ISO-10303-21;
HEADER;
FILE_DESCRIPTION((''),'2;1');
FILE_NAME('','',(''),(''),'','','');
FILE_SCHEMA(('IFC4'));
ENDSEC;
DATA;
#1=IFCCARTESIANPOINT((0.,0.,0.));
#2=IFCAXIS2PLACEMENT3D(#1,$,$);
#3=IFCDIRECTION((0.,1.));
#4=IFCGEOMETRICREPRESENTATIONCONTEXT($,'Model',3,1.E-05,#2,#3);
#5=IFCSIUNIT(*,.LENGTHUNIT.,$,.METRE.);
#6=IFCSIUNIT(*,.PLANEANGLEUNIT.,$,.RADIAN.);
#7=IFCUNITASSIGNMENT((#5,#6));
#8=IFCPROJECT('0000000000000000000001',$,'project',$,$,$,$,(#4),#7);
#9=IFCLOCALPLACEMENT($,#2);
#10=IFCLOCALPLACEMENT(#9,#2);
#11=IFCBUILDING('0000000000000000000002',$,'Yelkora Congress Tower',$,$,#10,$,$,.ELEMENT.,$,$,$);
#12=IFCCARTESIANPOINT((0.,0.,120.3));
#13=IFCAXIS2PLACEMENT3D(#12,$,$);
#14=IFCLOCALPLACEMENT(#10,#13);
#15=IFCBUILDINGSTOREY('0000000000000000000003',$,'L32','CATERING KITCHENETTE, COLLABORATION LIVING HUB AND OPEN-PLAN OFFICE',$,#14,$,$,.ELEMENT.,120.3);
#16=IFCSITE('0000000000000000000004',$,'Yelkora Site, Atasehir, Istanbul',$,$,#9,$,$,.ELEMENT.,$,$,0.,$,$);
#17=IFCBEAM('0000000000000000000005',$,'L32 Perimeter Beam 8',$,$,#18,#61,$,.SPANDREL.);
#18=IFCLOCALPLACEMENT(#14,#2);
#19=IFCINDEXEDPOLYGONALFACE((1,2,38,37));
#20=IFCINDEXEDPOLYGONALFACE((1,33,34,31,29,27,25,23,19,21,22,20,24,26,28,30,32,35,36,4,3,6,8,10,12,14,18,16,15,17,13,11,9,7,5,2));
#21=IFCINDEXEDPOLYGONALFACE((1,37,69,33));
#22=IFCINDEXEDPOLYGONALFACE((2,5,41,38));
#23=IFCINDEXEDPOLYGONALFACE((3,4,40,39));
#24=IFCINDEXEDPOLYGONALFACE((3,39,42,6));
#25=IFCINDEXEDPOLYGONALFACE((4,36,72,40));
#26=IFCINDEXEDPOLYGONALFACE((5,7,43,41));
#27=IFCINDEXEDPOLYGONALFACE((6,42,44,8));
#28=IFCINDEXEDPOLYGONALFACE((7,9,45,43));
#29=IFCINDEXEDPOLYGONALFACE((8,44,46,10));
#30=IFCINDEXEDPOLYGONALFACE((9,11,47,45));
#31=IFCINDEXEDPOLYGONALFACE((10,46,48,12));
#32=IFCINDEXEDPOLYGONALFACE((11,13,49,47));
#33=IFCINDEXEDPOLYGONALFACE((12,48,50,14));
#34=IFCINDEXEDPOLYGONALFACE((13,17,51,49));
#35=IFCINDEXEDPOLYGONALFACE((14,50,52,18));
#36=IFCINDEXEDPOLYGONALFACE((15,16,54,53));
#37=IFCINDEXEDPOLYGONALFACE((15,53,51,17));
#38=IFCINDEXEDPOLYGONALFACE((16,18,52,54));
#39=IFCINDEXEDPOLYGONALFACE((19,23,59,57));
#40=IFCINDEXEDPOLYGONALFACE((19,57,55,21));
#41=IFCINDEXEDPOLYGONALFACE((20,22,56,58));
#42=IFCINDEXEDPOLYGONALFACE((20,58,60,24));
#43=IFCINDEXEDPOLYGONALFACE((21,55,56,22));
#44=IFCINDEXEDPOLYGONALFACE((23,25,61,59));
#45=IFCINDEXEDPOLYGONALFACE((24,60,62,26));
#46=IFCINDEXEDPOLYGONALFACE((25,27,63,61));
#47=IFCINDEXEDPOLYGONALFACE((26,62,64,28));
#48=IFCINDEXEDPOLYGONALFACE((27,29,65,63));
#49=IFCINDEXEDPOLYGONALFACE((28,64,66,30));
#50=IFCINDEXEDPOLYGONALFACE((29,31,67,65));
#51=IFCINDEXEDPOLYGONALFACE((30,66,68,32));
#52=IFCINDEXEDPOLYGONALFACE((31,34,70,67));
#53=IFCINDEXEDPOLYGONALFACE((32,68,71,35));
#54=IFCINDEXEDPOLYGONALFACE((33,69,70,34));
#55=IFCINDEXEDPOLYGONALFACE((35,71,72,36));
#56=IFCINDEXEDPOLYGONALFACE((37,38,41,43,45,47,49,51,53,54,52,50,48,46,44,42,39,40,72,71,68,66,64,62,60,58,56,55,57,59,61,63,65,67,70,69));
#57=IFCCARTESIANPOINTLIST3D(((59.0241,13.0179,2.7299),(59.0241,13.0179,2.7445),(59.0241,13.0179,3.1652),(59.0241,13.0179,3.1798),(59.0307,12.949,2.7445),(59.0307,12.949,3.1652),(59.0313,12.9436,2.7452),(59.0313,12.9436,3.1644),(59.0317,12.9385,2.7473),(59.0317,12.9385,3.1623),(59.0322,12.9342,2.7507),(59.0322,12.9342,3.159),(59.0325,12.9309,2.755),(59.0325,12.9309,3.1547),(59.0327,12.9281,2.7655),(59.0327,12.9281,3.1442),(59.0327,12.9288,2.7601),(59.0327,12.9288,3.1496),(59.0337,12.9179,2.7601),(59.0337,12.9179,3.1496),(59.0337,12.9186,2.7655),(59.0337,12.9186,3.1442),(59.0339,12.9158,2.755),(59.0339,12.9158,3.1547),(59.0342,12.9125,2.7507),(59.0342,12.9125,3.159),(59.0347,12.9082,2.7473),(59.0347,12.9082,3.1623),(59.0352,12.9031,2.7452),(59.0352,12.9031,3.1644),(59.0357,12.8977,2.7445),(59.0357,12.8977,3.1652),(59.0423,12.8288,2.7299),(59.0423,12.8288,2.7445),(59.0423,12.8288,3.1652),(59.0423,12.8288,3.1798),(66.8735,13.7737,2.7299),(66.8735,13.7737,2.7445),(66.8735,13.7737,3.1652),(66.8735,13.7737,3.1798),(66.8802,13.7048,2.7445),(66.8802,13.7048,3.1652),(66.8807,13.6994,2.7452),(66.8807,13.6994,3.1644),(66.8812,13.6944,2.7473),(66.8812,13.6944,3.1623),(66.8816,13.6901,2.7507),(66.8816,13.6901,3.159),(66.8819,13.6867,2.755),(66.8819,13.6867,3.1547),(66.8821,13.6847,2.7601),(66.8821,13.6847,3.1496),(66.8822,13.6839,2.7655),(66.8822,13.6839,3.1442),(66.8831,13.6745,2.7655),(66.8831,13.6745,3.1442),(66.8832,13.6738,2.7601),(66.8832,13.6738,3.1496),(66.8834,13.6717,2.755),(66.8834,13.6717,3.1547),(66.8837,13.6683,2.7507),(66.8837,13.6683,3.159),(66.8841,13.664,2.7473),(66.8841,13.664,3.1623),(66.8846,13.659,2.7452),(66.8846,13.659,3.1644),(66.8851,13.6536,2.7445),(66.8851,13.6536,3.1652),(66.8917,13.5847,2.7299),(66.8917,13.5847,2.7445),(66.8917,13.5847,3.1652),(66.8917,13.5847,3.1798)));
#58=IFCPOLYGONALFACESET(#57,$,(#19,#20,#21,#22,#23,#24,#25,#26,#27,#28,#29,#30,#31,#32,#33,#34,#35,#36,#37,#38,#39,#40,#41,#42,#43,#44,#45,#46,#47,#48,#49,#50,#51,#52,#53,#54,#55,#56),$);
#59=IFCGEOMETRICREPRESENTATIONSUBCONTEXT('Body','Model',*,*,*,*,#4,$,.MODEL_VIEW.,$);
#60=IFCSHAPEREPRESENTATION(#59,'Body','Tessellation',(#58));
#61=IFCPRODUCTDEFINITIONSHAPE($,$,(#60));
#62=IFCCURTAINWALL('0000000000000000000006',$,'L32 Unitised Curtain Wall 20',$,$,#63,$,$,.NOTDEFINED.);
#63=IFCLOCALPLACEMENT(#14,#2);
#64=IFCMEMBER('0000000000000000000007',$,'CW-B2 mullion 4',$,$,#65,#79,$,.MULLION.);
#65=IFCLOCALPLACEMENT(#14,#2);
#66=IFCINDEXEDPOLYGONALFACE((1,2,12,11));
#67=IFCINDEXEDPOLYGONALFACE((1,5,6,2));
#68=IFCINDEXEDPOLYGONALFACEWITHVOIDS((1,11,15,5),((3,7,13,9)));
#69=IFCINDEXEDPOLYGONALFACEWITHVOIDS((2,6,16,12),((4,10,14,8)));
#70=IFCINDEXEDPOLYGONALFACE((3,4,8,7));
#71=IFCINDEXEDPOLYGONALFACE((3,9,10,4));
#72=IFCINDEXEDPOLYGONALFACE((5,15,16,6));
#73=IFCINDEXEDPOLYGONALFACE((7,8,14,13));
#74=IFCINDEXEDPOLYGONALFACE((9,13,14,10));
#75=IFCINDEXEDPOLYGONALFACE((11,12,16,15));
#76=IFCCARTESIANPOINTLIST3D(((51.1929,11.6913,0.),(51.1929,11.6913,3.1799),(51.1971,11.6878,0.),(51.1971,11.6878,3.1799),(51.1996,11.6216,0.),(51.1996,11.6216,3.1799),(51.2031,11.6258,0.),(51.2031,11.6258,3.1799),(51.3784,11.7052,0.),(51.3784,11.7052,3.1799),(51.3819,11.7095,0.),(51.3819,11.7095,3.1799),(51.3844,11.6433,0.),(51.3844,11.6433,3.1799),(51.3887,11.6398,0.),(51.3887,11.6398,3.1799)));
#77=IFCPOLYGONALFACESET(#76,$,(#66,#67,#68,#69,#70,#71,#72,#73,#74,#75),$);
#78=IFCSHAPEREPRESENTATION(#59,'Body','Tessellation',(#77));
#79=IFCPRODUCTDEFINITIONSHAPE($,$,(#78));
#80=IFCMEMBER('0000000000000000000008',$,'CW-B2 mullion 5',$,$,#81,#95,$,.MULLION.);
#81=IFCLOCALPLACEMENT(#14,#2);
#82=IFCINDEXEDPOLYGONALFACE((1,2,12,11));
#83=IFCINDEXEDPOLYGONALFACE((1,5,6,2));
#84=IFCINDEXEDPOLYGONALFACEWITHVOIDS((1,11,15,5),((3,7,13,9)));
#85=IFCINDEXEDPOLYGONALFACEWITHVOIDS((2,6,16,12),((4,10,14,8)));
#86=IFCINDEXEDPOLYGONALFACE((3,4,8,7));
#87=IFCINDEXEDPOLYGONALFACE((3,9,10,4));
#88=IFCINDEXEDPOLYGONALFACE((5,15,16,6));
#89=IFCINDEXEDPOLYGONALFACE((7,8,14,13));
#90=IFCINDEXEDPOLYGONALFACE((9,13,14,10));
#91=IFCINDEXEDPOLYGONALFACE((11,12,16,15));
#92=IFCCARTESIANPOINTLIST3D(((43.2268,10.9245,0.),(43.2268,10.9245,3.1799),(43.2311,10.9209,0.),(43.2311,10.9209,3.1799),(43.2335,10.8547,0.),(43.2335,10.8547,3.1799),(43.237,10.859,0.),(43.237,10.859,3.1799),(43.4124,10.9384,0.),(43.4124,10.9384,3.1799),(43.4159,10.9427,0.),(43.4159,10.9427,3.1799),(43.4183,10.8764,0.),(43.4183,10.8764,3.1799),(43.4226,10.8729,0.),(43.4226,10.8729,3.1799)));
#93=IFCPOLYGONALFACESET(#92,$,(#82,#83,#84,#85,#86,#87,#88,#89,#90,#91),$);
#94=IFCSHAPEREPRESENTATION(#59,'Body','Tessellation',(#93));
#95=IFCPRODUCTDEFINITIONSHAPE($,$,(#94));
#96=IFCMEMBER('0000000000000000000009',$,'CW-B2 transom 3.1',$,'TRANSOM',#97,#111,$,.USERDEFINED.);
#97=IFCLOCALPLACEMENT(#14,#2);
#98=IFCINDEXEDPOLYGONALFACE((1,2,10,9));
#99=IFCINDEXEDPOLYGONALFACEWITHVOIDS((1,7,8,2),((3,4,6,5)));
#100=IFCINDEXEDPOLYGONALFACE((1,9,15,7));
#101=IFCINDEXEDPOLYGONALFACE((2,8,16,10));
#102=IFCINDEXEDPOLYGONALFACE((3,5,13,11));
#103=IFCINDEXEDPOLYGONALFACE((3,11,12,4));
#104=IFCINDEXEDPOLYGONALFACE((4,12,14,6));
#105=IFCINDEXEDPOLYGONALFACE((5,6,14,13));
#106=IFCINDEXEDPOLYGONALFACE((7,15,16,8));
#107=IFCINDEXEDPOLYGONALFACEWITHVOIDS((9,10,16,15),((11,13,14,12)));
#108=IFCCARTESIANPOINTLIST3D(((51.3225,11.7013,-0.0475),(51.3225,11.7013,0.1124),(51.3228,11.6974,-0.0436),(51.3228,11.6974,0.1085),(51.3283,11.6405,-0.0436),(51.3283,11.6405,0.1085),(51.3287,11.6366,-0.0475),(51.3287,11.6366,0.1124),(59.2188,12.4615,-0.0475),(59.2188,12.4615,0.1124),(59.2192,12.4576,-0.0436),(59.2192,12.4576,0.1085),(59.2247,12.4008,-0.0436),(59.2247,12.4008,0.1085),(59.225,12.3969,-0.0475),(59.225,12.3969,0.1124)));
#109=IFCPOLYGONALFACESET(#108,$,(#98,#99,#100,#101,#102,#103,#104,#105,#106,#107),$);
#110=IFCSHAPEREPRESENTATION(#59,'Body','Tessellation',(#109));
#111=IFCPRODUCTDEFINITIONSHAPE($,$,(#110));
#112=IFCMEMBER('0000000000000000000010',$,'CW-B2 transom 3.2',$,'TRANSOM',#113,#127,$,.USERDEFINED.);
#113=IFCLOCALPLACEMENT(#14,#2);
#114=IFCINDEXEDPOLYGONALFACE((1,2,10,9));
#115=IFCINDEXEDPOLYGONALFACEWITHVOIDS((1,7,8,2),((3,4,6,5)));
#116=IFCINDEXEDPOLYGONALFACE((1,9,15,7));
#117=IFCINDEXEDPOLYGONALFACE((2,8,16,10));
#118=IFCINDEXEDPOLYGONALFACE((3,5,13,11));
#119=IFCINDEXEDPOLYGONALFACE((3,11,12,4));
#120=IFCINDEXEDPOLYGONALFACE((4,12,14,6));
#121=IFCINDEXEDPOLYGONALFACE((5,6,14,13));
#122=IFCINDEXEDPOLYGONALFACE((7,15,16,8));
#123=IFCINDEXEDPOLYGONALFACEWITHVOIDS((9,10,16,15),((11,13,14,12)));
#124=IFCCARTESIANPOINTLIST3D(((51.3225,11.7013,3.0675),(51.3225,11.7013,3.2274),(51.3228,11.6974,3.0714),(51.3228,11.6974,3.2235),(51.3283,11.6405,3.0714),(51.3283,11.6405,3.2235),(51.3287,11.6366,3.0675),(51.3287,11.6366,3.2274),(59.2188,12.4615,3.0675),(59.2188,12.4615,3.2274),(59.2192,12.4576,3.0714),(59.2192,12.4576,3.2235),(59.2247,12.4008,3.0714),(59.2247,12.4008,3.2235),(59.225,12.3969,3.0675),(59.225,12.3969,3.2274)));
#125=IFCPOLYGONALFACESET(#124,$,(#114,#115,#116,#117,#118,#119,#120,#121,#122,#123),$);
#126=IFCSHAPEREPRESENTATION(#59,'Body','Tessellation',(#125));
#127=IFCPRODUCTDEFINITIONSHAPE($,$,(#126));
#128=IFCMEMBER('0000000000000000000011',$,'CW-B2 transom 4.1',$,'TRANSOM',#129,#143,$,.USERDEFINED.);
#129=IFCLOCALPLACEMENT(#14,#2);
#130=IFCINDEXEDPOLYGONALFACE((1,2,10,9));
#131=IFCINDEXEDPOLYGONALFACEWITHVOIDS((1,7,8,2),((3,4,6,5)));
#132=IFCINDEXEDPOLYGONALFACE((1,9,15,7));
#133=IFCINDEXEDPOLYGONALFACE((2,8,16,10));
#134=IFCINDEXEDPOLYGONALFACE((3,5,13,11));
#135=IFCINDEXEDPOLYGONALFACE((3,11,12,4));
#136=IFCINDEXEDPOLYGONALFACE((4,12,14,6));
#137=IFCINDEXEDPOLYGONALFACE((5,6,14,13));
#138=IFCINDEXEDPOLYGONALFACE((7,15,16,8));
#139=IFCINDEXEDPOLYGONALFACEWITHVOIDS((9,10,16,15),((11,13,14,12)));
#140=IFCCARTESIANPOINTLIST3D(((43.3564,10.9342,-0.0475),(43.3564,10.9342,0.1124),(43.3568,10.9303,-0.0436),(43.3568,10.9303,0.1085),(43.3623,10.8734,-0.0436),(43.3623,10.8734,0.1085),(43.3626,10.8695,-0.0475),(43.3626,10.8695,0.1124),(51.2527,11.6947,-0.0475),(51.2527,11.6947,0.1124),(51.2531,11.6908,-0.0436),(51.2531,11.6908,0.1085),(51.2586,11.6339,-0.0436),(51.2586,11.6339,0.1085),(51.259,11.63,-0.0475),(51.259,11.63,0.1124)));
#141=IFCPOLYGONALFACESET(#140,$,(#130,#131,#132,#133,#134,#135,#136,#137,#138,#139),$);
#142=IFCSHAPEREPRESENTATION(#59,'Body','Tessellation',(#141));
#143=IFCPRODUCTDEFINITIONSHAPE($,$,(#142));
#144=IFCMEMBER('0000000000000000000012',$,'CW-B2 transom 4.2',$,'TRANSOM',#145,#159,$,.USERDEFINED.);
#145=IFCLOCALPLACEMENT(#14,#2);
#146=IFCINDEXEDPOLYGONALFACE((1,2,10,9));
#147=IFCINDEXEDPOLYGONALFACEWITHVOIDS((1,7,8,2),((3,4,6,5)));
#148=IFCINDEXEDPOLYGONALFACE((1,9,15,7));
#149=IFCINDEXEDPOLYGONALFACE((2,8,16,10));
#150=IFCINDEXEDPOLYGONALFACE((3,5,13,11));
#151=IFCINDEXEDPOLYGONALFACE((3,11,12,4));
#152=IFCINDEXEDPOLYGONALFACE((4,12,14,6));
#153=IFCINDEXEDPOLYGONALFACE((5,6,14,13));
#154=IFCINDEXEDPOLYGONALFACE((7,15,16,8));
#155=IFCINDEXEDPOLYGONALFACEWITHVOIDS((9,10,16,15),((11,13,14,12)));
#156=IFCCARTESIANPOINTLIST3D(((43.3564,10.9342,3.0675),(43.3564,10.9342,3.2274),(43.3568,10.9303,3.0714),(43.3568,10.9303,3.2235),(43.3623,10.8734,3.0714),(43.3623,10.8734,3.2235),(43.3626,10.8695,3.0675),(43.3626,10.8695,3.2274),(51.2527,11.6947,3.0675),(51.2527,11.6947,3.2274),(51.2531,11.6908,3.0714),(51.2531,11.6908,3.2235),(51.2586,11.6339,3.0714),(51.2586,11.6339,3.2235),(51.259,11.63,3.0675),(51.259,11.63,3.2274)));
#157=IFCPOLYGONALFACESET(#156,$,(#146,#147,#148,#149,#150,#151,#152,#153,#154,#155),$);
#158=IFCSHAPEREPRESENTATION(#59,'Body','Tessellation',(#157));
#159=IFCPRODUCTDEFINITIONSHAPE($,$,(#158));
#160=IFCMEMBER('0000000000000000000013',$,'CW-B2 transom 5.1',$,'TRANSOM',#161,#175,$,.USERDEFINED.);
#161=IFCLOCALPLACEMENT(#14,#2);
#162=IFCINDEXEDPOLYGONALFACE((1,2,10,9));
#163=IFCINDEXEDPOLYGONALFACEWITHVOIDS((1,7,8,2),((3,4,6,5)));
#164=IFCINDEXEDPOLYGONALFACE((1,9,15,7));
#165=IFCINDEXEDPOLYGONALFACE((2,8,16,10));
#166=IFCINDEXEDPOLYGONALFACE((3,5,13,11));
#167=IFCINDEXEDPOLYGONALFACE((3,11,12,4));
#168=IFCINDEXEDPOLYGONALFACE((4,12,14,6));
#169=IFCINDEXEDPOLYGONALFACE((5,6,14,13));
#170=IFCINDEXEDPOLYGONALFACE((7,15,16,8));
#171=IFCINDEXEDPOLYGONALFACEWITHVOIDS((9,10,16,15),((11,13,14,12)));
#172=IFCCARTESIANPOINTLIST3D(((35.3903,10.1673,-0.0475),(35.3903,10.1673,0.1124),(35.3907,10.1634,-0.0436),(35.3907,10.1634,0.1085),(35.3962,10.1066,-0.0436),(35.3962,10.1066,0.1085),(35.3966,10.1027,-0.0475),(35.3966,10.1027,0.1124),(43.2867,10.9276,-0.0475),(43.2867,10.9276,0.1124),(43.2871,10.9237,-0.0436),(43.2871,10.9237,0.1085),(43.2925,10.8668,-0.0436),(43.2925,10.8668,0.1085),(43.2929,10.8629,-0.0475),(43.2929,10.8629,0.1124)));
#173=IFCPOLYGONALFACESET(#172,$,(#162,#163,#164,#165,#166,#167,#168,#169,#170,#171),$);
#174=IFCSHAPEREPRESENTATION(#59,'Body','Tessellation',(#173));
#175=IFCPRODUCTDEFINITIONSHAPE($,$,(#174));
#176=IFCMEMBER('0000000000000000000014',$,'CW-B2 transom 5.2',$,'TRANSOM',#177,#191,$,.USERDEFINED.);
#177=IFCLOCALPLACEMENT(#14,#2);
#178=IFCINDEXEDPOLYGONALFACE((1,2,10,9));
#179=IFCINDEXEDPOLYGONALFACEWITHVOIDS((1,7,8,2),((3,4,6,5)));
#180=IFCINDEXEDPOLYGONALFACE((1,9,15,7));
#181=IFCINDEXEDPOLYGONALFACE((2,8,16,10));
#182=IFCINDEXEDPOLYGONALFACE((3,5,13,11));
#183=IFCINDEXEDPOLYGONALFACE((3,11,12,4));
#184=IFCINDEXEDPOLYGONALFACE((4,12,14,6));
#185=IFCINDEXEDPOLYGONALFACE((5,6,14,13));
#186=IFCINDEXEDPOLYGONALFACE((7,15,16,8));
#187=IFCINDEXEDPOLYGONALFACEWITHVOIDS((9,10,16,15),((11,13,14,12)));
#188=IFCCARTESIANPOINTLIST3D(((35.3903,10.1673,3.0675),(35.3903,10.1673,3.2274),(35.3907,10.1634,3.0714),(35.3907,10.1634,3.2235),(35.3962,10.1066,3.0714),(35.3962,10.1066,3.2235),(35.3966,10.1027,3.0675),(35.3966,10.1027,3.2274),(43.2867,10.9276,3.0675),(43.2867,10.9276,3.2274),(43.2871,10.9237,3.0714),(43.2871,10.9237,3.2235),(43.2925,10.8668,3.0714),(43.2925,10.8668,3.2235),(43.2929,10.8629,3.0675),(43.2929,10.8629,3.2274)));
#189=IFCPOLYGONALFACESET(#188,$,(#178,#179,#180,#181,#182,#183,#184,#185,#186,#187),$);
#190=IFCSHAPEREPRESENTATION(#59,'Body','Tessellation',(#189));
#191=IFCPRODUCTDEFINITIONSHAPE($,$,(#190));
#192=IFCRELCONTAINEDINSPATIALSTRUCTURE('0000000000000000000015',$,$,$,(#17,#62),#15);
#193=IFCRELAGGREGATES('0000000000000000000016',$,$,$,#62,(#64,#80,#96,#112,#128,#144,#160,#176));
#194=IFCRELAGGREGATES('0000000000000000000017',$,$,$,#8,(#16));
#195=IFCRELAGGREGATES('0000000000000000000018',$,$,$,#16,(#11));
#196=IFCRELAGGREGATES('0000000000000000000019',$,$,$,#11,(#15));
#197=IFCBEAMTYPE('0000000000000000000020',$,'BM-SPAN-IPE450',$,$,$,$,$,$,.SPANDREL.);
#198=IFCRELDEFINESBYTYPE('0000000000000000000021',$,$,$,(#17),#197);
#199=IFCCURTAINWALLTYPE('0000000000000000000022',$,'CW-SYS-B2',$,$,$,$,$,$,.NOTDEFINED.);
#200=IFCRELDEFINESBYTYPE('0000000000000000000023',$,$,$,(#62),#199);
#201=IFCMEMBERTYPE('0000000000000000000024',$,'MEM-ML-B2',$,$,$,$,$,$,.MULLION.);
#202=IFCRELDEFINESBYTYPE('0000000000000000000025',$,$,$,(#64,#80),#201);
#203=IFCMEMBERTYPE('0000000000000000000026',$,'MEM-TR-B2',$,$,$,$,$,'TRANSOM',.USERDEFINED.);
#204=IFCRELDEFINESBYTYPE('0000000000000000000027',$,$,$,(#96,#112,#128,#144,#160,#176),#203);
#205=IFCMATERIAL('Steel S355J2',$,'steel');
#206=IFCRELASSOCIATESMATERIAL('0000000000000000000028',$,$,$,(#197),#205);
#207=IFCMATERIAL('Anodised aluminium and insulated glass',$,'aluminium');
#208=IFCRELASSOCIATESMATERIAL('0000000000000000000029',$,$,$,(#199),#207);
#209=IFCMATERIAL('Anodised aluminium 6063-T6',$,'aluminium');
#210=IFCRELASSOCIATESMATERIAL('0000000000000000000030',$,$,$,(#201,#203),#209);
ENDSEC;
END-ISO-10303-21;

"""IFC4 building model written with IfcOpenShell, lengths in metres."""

from ifc_helpers import new_model, si_unit, direction, frame, origin, origin_2d, place, context, subcontext, project, spatial, hollow_rectangle, i_section, extrude, material, material_profile, profile_set, type_object, element, aggregate, save


model = new_model("IFC4")

# Units and contexts
model_context = context("Model", 3, precision=1e-05, world=origin(), true_north=direction((0.0, 1.0)))
body_context = subcontext(model_context, "Body", "Model", "MODEL_VIEW")
ifc_project = project(units=[si_unit("LENGTHUNIT", "METRE"), si_unit("PLANEANGLEUNIT", "RADIAN")], contexts=[model_context])

# Site, building, storey
site_placement = place(None, origin())
site = spatial("IfcSite", under=ifc_project, at=site_placement, Name="Yelkora Site, Atasehir, Istanbul", CompositionType="ELEMENT", RefElevation=0.0)
building_placement = place(site_placement, origin())
building = spatial("IfcBuilding", under=site, at=building_placement, Name="Yelkora Congress Tower", CompositionType="ELEMENT")
storey_placement = place(building_placement, frame((0.0, 0.0, 120.3)))
storey = spatial("IfcBuildingStorey", under=building, at=storey_placement, Name="L32", Description="CATERING KITCHENETTE, COLLABORATION LIVING HUB AND OPEN-PLAN OFFICE", CompositionType="ELEMENT", Elevation=120.3)

# Beam
ifc_material_1 = material(Name="Steel S355J2", Category="steel")
ifc_material_profile_1 = material_profile(ifc_material_1, i_section(OverallWidth=0.1899, OverallDepth=0.45, WebThickness=0.0095, FlangeThickness=0.0146, FilletRadius=0.021, at=origin_2d()), Name="IPE 450")
ifc_profile_set_1 = profile_set([ifc_material_profile_1], Name="Steel S355J2")
beam_type_1 = type_object("IfcBeamType", Name="BM-SPAN-IPE450", PredefinedType="SPANDREL", material=ifc_profile_set_1)
beam_1_placement = place(storey_placement, frame((59.0332, 12.9233, 2.9548), z_axis=(0.995396, 0.095852, 0.0), x_axis=(-0.095852, 0.995396, 0.0)))
element("IfcBeam", 1, at=beam_1_placement, inside=storey, type_object=beam_type_1, Name="L32 Perimeter Beam 8", PredefinedType="SPANDREL", context=body_context, shape_type="SweptSolid", body=[
    extrude(i_section(OverallWidth=0.1899, OverallDepth=0.45, WebThickness=0.0095, FlangeThickness=0.0146, FilletRadius=0.021, at=origin_2d()), origin(), (0.0, 0.0, 1.0), 7.8857),
])

# Curtain wall, members
ifc_material_2 = material(Name="Anodised aluminium and insulated glass", Category="aluminium")
curtain_wall_type = type_object("IfcCurtainWallType", Name="CW-SYS-B2", PredefinedType="NOTDEFINED", material=ifc_material_2)
curtain_wall_placement = place(storey_placement, origin())
curtain_wall = element("IfcCurtainWall", 2, at=curtain_wall_placement, inside=storey, type_object=curtain_wall_type, Name="L32 Unitised Curtain Wall 20", PredefinedType="NOTDEFINED")
ifc_material_3 = material(Name="Anodised aluminium 6063-T6", Category="aluminium")
ifc_material_profile_2 = material_profile(ifc_material_3, hollow_rectangle(XDim=0.0701, YDim=0.1899, WallThickness=0.0039, at=origin_2d()), Name="ALU 70x190x4")
ifc_profile_set_2 = profile_set([ifc_material_profile_2], Name="Anodised aluminium 6063-T6")
member_type_1 = type_object("IfcMemberType", Name="MEM-ML-B2", PredefinedType="MULLION", material=ifc_profile_set_2)
member_1_placement = place(storey_placement, frame((51.2908, 11.6655, 0.0), z_axis=(0.0, 0.0, 1.0), x_axis=(0.095844, -0.995396, 0.0)))
member_1 = element("IfcMember", 3, at=member_1_placement, type_object=member_type_1, Name="CW-B2 mullion 4", PredefinedType="MULLION", context=body_context, shape_type="SweptSolid", body=[
    extrude(hollow_rectangle(XDim=0.0701, YDim=0.1899, WallThickness=0.0039, at=origin_2d()), origin(), (0.0, 0.0, 1.0), 3.1799),
])
member_2_placement = place(storey_placement, frame((43.3247, 10.8987, 0.0), z_axis=(0.0, 0.0, 1.0), x_axis=(0.095844, -0.995396, 0.0)))
member_2 = element("IfcMember", 4, at=member_2_placement, type_object=member_type_1, Name="CW-B2 mullion 5", PredefinedType="MULLION", context=body_context, shape_type="SweptSolid", body=[
    extrude(hollow_rectangle(XDim=0.0701, YDim=0.1899, WallThickness=0.0039, at=origin_2d()), origin(), (0.0, 0.0, 1.0), 3.1799),
])
ifc_material_profile_3 = material_profile(ifc_material_3, hollow_rectangle(XDim=0.0649, YDim=0.1599, WallThickness=0.0039, at=origin_2d()), Name="ALU 65x160x4")
ifc_profile_set_3 = profile_set([ifc_material_profile_3], Name="Anodised aluminium 6063-T6")
member_type_2 = type_object("IfcMemberType", Name="MEM-TR-B2", ElementType="TRANSOM", PredefinedType="USERDEFINED", material=ifc_profile_set_3)
member_3_placement = place(storey_placement, frame((59.2219, 12.4292, 0.0325), z_axis=(-0.995397, -0.095837, 0.0), x_axis=(0.095837, -0.995397, 0.0)))
member_3 = element("IfcMember", 5, at=member_3_placement, type_object=member_type_2, Name="CW-B2 transom 3.1", ObjectType="TRANSOM", PredefinedType="USERDEFINED", context=body_context, shape_type="SweptSolid", body=[
    extrude(hollow_rectangle(XDim=0.0649, YDim=0.1599, WallThickness=0.0039, at=origin_2d()), origin(), (0.0, 0.0, 1.0), 7.9329),
])
member_4_placement = place(storey_placement, frame((59.2219, 12.4292, 3.1475), z_axis=(-0.995397, -0.095837, 0.0), x_axis=(0.095837, -0.995397, 0.0)))
member_4 = element("IfcMember", 6, at=member_4_placement, type_object=member_type_2, Name="CW-B2 transom 3.2", ObjectType="TRANSOM", PredefinedType="USERDEFINED", context=body_context, shape_type="SweptSolid", body=[
    extrude(hollow_rectangle(XDim=0.0649, YDim=0.1599, WallThickness=0.0039, at=origin_2d()), origin(), (0.0, 0.0, 1.0), 7.9329),
])
member_5_placement = place(storey_placement, frame((51.2559, 11.6624, 0.0325), z_axis=(-0.995394, -0.095868, 0.0), x_axis=(0.095868, -0.995394, 0.0)))
member_5 = element("IfcMember", 7, at=member_5_placement, type_object=member_type_2, Name="CW-B2 transom 4.1", ObjectType="TRANSOM", PredefinedType="USERDEFINED", context=body_context, shape_type="SweptSolid", body=[
    extrude(hollow_rectangle(XDim=0.0649, YDim=0.1599, WallThickness=0.0039, at=origin_2d()), origin(), (0.0, 0.0, 1.0), 7.9329),
])
member_6_placement = place(storey_placement, frame((51.2559, 11.6624, 3.1475), z_axis=(-0.995394, -0.095868, 0.0), x_axis=(0.095868, -0.995394, 0.0)))
member_6 = element("IfcMember", 8, at=member_6_placement, type_object=member_type_2, Name="CW-B2 transom 4.2", ObjectType="TRANSOM", PredefinedType="USERDEFINED", context=body_context, shape_type="SweptSolid", body=[
    extrude(hollow_rectangle(XDim=0.0649, YDim=0.1599, WallThickness=0.0039, at=origin_2d()), origin(), (0.0, 0.0, 1.0), 7.9329),
])
member_7_placement = place(storey_placement, frame((43.2898, 10.8953, 0.0325), z_axis=(-0.995397, -0.095837, 0.0), x_axis=(0.095837, -0.995397, 0.0)))
member_7 = element("IfcMember", 9, at=member_7_placement, type_object=member_type_2, Name="CW-B2 transom 5.1", ObjectType="TRANSOM", PredefinedType="USERDEFINED", context=body_context, shape_type="SweptSolid", body=[
    extrude(hollow_rectangle(XDim=0.0649, YDim=0.1599, WallThickness=0.0039, at=origin_2d()), origin(), (0.0, 0.0, 1.0), 7.9329),
])
member_8_placement = place(storey_placement, frame((43.2898, 10.8953, 3.1475), z_axis=(-0.995397, -0.095837, 0.0), x_axis=(0.095837, -0.995397, 0.0)))
member_8 = element("IfcMember", 10, at=member_8_placement, type_object=member_type_2, Name="CW-B2 transom 5.2", ObjectType="TRANSOM", PredefinedType="USERDEFINED", context=body_context, shape_type="SweptSolid", body=[
    extrude(hollow_rectangle(XDim=0.0649, YDim=0.1599, WallThickness=0.0039, at=origin_2d()), origin(), (0.0, 0.0, 1.0), 7.9329),
])
aggregate(curtain_wall, [member_1, member_2, member_3, member_4, member_5, member_6, member_7, member_8])

save(model, "model.ifc")
